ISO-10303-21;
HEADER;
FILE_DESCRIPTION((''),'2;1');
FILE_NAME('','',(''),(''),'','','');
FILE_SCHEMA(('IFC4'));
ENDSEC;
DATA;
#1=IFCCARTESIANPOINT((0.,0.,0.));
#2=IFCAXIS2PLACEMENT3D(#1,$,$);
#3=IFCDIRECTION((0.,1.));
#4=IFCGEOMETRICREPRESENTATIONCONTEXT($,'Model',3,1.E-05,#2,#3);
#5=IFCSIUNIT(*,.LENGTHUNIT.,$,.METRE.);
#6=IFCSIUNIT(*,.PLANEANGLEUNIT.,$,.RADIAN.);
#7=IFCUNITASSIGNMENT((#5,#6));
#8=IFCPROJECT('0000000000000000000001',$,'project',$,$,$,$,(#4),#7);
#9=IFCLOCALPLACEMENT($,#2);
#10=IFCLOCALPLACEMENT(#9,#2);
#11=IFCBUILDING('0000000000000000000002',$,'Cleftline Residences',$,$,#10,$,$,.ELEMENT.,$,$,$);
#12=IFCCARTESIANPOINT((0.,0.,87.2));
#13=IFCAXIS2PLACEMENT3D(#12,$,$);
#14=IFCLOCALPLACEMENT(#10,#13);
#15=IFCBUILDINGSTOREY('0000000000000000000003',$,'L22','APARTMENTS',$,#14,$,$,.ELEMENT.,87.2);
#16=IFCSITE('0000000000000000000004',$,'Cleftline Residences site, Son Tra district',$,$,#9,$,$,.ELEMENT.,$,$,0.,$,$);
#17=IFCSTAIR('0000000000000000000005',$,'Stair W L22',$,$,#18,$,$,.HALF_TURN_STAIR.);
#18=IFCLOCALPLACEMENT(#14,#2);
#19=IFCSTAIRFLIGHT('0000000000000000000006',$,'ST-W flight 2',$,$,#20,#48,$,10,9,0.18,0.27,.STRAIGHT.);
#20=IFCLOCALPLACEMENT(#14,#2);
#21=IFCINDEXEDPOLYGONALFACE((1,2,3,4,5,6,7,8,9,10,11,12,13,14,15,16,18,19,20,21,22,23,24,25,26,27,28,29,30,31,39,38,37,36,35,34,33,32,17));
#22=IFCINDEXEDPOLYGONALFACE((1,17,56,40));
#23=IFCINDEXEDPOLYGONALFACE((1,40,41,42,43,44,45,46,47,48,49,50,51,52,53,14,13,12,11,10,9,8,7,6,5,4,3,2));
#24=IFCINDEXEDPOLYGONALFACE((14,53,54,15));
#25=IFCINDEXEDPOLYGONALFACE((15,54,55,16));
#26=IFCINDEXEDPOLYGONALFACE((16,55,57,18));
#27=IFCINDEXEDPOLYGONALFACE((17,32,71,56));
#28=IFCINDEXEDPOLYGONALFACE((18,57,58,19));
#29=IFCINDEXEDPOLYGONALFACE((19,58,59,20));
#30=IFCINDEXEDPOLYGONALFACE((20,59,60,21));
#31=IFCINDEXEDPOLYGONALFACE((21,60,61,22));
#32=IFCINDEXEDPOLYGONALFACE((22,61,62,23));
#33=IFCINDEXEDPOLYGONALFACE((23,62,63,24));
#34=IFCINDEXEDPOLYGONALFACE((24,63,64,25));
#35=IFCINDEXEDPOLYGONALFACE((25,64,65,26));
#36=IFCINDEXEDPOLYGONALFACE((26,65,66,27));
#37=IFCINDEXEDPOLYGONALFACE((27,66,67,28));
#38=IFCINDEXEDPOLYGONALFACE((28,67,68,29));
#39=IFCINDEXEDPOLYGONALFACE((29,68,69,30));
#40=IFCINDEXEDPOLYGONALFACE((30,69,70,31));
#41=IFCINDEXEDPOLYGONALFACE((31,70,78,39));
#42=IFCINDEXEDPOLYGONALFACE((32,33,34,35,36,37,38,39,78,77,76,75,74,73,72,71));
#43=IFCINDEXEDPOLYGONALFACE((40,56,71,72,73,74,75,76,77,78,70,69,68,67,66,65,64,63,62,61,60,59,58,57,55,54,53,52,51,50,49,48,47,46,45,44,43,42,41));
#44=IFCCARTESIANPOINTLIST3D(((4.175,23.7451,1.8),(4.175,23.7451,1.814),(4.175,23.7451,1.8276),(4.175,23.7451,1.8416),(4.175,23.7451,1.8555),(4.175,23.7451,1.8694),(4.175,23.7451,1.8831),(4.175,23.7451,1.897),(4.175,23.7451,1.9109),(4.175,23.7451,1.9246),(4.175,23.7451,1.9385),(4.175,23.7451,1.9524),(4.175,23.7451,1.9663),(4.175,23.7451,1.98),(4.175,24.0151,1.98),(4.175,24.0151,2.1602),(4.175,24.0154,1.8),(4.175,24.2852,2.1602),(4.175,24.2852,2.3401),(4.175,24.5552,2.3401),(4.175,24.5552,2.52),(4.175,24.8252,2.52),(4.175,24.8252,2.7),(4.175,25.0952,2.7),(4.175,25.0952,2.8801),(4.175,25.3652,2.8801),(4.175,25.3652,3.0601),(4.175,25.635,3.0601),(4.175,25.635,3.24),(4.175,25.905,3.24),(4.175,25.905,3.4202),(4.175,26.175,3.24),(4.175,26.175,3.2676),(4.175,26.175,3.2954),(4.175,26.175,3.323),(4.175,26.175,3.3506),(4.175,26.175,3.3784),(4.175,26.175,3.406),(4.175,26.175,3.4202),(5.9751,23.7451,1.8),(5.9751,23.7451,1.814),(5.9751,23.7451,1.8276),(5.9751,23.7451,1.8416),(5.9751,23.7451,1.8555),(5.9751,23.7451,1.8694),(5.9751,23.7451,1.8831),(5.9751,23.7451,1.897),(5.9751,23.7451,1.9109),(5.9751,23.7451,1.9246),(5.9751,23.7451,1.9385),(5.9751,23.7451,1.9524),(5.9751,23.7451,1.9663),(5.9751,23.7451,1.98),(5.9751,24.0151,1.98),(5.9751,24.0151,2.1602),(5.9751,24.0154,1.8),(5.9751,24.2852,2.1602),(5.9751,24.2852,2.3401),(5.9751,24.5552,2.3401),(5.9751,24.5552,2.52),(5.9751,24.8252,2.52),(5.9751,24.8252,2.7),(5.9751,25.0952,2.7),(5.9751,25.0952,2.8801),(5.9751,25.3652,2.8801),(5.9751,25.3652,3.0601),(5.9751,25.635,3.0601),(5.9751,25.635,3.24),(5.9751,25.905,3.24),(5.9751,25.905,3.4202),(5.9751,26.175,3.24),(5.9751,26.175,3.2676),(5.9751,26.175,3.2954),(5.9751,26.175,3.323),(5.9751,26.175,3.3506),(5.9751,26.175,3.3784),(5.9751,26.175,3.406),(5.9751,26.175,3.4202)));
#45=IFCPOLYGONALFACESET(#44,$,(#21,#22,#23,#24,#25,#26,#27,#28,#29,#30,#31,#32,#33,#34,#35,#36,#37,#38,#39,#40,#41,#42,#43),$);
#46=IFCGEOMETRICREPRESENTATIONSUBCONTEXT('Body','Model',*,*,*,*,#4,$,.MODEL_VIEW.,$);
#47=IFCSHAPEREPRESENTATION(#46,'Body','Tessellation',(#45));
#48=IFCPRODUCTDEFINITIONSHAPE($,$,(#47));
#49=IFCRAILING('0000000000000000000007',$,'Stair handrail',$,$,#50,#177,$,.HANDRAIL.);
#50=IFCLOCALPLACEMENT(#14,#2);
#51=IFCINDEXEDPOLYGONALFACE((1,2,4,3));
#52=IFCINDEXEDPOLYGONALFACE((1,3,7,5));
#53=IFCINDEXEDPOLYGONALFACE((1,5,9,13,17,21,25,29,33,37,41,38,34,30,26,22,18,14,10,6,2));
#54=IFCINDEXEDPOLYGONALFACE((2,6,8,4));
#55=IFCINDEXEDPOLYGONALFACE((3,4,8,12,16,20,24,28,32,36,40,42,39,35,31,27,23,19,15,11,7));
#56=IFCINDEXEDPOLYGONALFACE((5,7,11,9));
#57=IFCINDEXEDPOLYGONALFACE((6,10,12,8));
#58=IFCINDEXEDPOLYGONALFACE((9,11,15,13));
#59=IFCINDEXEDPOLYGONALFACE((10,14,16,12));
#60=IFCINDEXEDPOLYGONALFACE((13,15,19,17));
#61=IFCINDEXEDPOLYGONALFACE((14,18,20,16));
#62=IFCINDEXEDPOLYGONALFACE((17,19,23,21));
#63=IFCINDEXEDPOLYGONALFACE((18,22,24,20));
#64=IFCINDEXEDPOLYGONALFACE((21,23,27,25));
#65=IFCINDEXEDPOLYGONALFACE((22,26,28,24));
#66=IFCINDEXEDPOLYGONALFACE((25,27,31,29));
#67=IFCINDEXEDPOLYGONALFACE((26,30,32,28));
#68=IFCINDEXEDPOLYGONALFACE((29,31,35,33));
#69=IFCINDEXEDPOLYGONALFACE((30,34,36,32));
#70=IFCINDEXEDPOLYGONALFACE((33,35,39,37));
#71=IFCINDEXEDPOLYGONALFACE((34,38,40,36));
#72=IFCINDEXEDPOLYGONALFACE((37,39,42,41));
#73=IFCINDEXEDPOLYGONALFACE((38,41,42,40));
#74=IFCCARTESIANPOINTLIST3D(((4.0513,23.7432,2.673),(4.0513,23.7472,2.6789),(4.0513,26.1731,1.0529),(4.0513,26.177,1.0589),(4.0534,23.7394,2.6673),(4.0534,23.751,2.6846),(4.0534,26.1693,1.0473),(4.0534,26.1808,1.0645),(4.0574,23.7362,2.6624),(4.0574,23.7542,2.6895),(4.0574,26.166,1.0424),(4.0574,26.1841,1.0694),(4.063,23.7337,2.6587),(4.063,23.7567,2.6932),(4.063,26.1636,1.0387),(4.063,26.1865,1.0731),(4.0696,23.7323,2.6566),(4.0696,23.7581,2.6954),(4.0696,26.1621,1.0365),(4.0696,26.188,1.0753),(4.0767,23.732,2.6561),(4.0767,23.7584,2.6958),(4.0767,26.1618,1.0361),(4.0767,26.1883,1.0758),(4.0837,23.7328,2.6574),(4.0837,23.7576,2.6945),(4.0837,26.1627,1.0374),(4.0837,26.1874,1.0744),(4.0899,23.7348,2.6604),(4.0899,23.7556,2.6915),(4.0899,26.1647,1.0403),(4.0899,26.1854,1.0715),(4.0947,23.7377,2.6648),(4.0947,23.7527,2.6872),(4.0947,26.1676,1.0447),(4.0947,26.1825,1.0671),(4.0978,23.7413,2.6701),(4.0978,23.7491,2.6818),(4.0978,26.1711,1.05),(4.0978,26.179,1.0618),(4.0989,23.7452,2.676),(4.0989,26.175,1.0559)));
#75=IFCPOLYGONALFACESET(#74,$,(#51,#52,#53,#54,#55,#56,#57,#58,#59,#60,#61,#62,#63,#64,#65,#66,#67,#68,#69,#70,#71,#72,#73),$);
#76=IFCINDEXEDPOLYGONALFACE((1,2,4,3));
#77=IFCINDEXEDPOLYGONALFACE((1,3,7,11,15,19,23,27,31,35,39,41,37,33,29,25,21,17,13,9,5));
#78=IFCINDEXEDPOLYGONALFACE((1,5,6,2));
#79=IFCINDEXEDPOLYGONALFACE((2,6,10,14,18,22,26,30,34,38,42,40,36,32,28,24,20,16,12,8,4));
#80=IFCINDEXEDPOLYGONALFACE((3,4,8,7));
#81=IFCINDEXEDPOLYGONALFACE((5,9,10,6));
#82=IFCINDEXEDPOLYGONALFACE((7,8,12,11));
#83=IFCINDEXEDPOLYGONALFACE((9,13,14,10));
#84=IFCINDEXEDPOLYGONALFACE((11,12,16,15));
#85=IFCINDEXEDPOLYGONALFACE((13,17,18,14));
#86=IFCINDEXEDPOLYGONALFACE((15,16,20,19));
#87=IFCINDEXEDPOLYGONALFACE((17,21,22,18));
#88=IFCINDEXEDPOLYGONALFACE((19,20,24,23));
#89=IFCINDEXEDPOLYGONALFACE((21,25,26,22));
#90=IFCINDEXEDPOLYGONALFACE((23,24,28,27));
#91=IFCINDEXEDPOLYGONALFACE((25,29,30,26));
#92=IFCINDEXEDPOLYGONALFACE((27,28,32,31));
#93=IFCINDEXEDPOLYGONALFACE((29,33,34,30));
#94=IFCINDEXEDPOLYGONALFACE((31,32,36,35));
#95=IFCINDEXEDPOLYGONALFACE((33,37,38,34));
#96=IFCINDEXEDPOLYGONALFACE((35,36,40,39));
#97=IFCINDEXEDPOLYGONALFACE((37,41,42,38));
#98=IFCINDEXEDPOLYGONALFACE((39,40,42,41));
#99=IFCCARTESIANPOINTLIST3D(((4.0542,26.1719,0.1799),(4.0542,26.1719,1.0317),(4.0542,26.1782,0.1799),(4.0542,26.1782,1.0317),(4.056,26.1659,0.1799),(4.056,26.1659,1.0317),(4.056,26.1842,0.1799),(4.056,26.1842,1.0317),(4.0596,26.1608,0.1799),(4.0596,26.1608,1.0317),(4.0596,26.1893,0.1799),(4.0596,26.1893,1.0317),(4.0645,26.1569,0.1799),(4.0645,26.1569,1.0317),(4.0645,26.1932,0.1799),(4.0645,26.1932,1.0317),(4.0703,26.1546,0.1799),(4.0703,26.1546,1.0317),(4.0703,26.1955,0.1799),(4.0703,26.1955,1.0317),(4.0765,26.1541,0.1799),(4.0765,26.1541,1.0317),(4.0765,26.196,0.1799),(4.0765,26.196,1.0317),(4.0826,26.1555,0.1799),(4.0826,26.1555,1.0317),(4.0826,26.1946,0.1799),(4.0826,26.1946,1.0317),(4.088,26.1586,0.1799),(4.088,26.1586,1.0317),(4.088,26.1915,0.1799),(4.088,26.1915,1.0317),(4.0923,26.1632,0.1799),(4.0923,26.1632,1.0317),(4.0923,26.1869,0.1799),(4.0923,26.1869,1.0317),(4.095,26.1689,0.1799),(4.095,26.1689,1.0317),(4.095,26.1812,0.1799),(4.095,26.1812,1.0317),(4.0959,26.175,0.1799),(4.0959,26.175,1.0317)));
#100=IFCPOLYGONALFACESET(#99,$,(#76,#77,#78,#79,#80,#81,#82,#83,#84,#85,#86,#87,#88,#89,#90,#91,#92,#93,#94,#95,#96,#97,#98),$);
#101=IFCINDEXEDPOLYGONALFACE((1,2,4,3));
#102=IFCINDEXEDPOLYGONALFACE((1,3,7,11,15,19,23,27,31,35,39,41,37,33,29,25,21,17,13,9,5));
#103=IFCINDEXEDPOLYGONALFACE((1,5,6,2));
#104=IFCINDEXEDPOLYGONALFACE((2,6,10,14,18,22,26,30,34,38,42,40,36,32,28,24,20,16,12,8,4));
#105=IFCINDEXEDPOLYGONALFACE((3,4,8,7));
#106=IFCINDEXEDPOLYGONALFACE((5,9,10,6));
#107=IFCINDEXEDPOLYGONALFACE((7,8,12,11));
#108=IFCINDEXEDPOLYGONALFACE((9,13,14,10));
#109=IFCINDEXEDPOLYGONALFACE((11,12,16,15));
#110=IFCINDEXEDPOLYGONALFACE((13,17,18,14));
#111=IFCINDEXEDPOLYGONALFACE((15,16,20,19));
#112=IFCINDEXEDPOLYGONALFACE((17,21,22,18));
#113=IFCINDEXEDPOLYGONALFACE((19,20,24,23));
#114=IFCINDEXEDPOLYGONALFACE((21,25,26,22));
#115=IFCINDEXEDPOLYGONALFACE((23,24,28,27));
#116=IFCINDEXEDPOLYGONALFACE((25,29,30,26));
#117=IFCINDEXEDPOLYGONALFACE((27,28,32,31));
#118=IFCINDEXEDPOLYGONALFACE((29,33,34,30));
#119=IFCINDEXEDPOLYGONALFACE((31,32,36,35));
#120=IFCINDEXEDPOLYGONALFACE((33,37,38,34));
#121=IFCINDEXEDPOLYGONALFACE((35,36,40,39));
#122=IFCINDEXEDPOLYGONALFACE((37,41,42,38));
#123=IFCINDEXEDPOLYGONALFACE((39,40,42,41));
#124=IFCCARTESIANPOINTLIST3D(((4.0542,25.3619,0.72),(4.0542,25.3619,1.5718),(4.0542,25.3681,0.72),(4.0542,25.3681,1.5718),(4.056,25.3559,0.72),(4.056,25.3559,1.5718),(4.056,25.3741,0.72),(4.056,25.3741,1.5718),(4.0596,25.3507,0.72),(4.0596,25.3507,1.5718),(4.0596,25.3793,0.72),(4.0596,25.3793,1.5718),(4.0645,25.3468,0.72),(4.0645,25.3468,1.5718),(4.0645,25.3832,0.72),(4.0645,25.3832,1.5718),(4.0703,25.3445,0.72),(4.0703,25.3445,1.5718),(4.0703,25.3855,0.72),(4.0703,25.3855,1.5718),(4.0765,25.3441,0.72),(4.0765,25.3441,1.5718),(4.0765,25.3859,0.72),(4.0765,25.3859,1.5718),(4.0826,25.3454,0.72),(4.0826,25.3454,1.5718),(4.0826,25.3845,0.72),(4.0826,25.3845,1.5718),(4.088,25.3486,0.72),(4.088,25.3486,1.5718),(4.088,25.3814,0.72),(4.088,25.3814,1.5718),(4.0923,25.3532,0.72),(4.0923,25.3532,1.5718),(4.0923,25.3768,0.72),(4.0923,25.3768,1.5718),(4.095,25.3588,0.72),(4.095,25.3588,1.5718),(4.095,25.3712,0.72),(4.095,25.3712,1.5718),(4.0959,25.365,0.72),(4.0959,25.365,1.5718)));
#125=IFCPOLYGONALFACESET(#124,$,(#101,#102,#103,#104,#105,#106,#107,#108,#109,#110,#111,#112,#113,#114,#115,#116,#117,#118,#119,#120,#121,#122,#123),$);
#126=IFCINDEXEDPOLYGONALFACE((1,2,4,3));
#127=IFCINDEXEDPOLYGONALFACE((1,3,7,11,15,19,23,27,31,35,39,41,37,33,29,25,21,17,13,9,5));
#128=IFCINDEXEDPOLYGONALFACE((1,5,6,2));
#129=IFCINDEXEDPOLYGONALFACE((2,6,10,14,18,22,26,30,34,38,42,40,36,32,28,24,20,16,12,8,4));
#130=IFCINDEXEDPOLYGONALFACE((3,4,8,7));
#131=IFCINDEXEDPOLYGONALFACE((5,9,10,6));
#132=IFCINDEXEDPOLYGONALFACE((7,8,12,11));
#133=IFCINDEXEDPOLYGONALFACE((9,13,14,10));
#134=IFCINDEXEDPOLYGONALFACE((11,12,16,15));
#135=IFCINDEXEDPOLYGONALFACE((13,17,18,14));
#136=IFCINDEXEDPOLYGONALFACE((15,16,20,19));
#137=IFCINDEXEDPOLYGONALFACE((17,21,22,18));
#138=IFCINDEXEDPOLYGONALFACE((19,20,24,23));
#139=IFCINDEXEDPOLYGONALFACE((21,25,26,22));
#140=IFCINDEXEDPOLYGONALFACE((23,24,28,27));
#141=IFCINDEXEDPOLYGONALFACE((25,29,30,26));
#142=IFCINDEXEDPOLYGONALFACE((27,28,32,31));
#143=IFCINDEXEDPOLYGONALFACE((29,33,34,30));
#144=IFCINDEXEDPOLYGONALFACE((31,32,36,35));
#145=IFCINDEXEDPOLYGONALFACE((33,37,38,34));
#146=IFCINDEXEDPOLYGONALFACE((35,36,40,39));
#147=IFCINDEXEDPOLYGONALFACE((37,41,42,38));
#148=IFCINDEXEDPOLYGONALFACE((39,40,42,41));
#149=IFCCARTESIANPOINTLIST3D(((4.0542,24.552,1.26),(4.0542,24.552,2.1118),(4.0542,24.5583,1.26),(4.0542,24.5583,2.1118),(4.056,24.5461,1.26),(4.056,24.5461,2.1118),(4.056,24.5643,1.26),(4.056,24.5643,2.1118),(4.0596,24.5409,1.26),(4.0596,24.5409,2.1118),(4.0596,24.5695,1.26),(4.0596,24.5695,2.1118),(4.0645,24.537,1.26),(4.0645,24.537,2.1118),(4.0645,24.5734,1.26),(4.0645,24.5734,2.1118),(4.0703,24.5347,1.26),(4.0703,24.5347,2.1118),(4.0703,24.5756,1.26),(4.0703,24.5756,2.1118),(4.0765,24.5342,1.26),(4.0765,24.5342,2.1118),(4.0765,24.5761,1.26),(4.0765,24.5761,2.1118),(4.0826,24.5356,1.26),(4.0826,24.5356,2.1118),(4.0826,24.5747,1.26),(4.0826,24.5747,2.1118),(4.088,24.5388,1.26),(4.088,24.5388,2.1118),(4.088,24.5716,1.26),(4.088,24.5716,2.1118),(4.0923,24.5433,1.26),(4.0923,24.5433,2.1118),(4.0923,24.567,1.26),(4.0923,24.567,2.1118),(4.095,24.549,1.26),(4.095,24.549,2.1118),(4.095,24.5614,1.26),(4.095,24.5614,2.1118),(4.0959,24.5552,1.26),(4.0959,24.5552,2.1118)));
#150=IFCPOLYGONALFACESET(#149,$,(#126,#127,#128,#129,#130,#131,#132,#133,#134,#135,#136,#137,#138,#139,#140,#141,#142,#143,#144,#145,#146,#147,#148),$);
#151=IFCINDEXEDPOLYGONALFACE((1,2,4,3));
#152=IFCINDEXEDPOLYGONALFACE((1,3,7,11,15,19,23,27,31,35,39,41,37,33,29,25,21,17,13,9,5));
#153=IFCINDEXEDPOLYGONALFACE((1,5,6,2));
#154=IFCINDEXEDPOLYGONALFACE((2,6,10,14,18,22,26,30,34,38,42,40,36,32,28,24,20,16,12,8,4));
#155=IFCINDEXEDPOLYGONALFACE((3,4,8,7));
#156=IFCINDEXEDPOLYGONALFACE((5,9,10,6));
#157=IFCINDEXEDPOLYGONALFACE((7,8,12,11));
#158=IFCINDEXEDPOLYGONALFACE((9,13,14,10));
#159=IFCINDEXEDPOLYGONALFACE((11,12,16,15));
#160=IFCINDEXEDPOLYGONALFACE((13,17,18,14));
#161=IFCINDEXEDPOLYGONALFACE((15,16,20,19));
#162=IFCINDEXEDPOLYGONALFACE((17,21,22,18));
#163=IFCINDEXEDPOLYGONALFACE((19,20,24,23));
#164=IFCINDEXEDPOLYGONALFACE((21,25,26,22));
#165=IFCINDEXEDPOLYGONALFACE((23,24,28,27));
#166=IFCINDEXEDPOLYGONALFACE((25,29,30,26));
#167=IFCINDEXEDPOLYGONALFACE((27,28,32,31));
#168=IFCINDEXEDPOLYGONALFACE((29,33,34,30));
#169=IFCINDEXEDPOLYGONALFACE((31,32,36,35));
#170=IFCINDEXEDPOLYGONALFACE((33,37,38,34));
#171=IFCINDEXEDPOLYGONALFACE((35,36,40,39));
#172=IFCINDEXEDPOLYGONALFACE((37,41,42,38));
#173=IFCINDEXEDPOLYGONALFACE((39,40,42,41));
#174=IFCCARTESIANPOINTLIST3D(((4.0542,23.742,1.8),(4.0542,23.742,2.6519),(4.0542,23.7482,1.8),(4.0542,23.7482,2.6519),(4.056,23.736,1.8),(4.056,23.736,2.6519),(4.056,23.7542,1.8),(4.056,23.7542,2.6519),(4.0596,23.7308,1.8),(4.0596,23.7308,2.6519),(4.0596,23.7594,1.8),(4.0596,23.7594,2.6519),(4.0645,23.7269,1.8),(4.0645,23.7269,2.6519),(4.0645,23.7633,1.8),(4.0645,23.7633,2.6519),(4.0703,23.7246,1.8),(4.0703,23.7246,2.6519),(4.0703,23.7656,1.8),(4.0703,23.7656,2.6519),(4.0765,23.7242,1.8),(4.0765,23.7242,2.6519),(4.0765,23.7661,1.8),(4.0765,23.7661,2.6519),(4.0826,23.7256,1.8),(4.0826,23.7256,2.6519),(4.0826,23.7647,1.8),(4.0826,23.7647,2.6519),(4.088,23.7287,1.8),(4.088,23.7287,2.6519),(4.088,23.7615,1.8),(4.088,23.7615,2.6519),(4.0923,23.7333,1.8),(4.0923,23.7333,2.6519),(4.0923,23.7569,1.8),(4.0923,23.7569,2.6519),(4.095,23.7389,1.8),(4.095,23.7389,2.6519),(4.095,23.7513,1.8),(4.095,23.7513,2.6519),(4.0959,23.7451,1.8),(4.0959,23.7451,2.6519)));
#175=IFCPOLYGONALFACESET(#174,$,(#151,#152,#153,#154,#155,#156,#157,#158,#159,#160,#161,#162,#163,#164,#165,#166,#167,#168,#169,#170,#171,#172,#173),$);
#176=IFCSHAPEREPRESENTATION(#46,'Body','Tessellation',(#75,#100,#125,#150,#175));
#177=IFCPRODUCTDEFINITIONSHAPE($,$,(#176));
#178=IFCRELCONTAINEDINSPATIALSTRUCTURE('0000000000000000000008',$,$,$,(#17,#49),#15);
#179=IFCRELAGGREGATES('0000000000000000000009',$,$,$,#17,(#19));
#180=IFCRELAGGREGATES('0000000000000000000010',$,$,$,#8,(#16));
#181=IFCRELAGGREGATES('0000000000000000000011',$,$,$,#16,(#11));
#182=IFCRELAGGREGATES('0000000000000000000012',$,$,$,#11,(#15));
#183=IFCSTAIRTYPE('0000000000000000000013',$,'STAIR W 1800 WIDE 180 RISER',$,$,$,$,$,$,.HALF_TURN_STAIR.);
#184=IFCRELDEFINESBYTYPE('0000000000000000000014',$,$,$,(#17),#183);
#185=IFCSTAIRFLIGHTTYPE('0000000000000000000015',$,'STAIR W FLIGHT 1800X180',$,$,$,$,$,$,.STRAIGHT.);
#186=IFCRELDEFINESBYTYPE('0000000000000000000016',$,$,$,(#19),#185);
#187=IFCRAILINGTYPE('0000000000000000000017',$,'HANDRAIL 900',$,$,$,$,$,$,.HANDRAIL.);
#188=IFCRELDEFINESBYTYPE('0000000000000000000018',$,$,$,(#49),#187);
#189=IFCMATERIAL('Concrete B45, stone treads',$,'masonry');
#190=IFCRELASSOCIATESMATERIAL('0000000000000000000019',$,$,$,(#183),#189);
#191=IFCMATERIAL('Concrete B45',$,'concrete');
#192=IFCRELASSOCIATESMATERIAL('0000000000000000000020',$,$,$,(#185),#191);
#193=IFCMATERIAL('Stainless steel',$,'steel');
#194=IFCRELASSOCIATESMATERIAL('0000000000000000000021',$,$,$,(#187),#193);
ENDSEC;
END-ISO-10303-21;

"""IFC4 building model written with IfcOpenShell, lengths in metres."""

from ifc_helpers import new_model, si_unit, direction, frame, origin, origin_2d, place, context, subcontext, project, spatial, polyline, circle, outline, extrude, material, type_object, element, aggregate, save


model = new_model("IFC4")

# Units and contexts
model_context = context("Model", 3, precision=1e-05, world=origin(), true_north=direction((0.0, 1.0)))
body_context = subcontext(model_context, "Body", "Model", "MODEL_VIEW")
ifc_project = project(units=[si_unit("LENGTHUNIT", "METRE"), si_unit("PLANEANGLEUNIT", "RADIAN")], contexts=[model_context])

# Site, building, storey
site_placement = place(None, origin())
site = spatial("IfcSite", under=ifc_project, at=site_placement, Name="Cleftline Residences site, Son Tra district", CompositionType="ELEMENT", RefElevation=0.0)
building_placement = place(site_placement, origin())
building = spatial("IfcBuilding", under=site, at=building_placement, Name="Cleftline Residences", CompositionType="ELEMENT")
storey_placement = place(building_placement, frame((0.0, 0.0, 87.2)))
storey = spatial("IfcBuildingStorey", under=building, at=storey_placement, Name="L22", Description="APARTMENTS", CompositionType="ELEMENT", Elevation=87.2)

# Stair, stair flight
ifc_material_1 = material(Name="Concrete B45, stone treads", Category="masonry")
stair_type = type_object("IfcStairType", Name="STAIR W 1800 WIDE 180 RISER", PredefinedType="HALF_TURN_STAIR", material=ifc_material_1)
stair_placement = place(storey_placement, origin())
stair = element("IfcStair", 1, at=stair_placement, inside=storey, type_object=stair_type, Name="Stair W L22", PredefinedType="HALF_TURN_STAIR")
ifc_material_2 = material(Name="Concrete B45", Category="concrete")
stair_flight_type = type_object("IfcStairFlightType", Name="STAIR W FLIGHT 1800X180", PredefinedType="STRAIGHT", material=ifc_material_2)
stair_flight_1_placement = place(storey_placement, frame((5.075, 23.7451, 1.8), z_axis=(0.0, 0.0, 1.0), x_axis=(0.0, 1.0, 0.0)))
stair_flight_1 = element("IfcStairFlight", 2, at=stair_flight_1_placement, type_object=stair_flight_type, Name="ST-W flight 2", NumberOfRisers=10, NumberOfTreads=9, PredefinedType="STRAIGHT", RiserHeight=0.18, TreadLength=0.27, context=body_context, shape_type="SweptSolid", body=[
    extrude(outline(polyline([(0.0, 0.0), (0.0, 0.0139), (0.0, 0.0276), (0.0, 0.0415), (0.0, 0.0554), (0.0, 0.0693), (0.0, 0.083), (0.0, 0.0969), (0.0, 0.1108), (0.0, 0.1245), (0.0, 0.1384), (0.0, 0.1523), (0.0, 0.1663), (0.0, 0.1799), (0.27, 0.1799), (0.27, 0.3601), (0.54, 0.3601), (0.54, 0.54), (0.8101, 0.54), (0.8101, 0.72), (1.0801, 0.72), (1.0801, 0.8999), (1.3501, 0.8999), (1.3501, 1.0801), (1.6201, 1.0801), (1.6201, 1.26), (1.8899, 1.26), (1.8899, 1.4399), (2.1599, 1.4399), (2.1599, 1.6201), (2.4299, 1.6201), (2.4299, 1.8), (2.4299, 1.7722), (2.4299, 1.7446), (2.4299, 1.7168), (2.4299, 1.6892), (2.4299, 1.6614), (2.4299, 1.6338), (2.4299, 1.606), (2.4299, 1.5784), (2.4299, 1.5505), (2.4299, 1.5229), (2.4299, 1.4954), (2.4299, 1.4675), (2.4299, 1.4399), (0.2703, 0.0), (0.0, 0.0)])), frame((0.0, 0.8999, 0.0), z_axis=(0.0, -1.0, 0.0), x_axis=(1.0, 0.0, 0.0)), (0.0, 0.0, 1.0), 1.8),
])
aggregate(stair, [stair_flight_1])

# Railing
ifc_material_3 = material(Name="Stainless steel", Category="steel")
railing_type = type_object("IfcRailingType", Name="HANDRAIL 900", PredefinedType="HANDRAIL", material=ifc_material_3)
railing_1_placement = place(storey_placement, frame((4.075, 26.175, 0.1799)))
element("IfcRailing", 3, at=railing_1_placement, inside=storey, type_object=railing_type, Name="Stair handrail", PredefinedType="HANDRAIL", context=body_context, shape_type="SweptSolid", body=[
    extrude(circle(Radius=0.0239, at=origin_2d()), frame((0.0, 0.0, 0.876), z_axis=(0.0, -0.832025, 0.554739), x_axis=(1.0, 0.0, 0.0)), (0.0, 0.0, 1.0), 2.9204),
    extrude(circle(Radius=0.021, at=origin_2d()), origin(), (0.0, 0.0, 1.0), 0.8518),
    extrude(circle(Radius=0.021, at=origin_2d()), frame((0.0, -0.8101, 0.54)), (0.0, 0.0, 1.0), 0.8518),
    extrude(circle(Radius=0.021, at=origin_2d()), frame((0.0, -1.6199, 1.0801)), (0.0, 0.0, 1.0), 0.8518),
    extrude(circle(Radius=0.021, at=origin_2d()), frame((0.0, -2.4299, 1.6201)), (0.0, 0.0, 1.0), 0.8518),
])

save(model, "model.ifc")
